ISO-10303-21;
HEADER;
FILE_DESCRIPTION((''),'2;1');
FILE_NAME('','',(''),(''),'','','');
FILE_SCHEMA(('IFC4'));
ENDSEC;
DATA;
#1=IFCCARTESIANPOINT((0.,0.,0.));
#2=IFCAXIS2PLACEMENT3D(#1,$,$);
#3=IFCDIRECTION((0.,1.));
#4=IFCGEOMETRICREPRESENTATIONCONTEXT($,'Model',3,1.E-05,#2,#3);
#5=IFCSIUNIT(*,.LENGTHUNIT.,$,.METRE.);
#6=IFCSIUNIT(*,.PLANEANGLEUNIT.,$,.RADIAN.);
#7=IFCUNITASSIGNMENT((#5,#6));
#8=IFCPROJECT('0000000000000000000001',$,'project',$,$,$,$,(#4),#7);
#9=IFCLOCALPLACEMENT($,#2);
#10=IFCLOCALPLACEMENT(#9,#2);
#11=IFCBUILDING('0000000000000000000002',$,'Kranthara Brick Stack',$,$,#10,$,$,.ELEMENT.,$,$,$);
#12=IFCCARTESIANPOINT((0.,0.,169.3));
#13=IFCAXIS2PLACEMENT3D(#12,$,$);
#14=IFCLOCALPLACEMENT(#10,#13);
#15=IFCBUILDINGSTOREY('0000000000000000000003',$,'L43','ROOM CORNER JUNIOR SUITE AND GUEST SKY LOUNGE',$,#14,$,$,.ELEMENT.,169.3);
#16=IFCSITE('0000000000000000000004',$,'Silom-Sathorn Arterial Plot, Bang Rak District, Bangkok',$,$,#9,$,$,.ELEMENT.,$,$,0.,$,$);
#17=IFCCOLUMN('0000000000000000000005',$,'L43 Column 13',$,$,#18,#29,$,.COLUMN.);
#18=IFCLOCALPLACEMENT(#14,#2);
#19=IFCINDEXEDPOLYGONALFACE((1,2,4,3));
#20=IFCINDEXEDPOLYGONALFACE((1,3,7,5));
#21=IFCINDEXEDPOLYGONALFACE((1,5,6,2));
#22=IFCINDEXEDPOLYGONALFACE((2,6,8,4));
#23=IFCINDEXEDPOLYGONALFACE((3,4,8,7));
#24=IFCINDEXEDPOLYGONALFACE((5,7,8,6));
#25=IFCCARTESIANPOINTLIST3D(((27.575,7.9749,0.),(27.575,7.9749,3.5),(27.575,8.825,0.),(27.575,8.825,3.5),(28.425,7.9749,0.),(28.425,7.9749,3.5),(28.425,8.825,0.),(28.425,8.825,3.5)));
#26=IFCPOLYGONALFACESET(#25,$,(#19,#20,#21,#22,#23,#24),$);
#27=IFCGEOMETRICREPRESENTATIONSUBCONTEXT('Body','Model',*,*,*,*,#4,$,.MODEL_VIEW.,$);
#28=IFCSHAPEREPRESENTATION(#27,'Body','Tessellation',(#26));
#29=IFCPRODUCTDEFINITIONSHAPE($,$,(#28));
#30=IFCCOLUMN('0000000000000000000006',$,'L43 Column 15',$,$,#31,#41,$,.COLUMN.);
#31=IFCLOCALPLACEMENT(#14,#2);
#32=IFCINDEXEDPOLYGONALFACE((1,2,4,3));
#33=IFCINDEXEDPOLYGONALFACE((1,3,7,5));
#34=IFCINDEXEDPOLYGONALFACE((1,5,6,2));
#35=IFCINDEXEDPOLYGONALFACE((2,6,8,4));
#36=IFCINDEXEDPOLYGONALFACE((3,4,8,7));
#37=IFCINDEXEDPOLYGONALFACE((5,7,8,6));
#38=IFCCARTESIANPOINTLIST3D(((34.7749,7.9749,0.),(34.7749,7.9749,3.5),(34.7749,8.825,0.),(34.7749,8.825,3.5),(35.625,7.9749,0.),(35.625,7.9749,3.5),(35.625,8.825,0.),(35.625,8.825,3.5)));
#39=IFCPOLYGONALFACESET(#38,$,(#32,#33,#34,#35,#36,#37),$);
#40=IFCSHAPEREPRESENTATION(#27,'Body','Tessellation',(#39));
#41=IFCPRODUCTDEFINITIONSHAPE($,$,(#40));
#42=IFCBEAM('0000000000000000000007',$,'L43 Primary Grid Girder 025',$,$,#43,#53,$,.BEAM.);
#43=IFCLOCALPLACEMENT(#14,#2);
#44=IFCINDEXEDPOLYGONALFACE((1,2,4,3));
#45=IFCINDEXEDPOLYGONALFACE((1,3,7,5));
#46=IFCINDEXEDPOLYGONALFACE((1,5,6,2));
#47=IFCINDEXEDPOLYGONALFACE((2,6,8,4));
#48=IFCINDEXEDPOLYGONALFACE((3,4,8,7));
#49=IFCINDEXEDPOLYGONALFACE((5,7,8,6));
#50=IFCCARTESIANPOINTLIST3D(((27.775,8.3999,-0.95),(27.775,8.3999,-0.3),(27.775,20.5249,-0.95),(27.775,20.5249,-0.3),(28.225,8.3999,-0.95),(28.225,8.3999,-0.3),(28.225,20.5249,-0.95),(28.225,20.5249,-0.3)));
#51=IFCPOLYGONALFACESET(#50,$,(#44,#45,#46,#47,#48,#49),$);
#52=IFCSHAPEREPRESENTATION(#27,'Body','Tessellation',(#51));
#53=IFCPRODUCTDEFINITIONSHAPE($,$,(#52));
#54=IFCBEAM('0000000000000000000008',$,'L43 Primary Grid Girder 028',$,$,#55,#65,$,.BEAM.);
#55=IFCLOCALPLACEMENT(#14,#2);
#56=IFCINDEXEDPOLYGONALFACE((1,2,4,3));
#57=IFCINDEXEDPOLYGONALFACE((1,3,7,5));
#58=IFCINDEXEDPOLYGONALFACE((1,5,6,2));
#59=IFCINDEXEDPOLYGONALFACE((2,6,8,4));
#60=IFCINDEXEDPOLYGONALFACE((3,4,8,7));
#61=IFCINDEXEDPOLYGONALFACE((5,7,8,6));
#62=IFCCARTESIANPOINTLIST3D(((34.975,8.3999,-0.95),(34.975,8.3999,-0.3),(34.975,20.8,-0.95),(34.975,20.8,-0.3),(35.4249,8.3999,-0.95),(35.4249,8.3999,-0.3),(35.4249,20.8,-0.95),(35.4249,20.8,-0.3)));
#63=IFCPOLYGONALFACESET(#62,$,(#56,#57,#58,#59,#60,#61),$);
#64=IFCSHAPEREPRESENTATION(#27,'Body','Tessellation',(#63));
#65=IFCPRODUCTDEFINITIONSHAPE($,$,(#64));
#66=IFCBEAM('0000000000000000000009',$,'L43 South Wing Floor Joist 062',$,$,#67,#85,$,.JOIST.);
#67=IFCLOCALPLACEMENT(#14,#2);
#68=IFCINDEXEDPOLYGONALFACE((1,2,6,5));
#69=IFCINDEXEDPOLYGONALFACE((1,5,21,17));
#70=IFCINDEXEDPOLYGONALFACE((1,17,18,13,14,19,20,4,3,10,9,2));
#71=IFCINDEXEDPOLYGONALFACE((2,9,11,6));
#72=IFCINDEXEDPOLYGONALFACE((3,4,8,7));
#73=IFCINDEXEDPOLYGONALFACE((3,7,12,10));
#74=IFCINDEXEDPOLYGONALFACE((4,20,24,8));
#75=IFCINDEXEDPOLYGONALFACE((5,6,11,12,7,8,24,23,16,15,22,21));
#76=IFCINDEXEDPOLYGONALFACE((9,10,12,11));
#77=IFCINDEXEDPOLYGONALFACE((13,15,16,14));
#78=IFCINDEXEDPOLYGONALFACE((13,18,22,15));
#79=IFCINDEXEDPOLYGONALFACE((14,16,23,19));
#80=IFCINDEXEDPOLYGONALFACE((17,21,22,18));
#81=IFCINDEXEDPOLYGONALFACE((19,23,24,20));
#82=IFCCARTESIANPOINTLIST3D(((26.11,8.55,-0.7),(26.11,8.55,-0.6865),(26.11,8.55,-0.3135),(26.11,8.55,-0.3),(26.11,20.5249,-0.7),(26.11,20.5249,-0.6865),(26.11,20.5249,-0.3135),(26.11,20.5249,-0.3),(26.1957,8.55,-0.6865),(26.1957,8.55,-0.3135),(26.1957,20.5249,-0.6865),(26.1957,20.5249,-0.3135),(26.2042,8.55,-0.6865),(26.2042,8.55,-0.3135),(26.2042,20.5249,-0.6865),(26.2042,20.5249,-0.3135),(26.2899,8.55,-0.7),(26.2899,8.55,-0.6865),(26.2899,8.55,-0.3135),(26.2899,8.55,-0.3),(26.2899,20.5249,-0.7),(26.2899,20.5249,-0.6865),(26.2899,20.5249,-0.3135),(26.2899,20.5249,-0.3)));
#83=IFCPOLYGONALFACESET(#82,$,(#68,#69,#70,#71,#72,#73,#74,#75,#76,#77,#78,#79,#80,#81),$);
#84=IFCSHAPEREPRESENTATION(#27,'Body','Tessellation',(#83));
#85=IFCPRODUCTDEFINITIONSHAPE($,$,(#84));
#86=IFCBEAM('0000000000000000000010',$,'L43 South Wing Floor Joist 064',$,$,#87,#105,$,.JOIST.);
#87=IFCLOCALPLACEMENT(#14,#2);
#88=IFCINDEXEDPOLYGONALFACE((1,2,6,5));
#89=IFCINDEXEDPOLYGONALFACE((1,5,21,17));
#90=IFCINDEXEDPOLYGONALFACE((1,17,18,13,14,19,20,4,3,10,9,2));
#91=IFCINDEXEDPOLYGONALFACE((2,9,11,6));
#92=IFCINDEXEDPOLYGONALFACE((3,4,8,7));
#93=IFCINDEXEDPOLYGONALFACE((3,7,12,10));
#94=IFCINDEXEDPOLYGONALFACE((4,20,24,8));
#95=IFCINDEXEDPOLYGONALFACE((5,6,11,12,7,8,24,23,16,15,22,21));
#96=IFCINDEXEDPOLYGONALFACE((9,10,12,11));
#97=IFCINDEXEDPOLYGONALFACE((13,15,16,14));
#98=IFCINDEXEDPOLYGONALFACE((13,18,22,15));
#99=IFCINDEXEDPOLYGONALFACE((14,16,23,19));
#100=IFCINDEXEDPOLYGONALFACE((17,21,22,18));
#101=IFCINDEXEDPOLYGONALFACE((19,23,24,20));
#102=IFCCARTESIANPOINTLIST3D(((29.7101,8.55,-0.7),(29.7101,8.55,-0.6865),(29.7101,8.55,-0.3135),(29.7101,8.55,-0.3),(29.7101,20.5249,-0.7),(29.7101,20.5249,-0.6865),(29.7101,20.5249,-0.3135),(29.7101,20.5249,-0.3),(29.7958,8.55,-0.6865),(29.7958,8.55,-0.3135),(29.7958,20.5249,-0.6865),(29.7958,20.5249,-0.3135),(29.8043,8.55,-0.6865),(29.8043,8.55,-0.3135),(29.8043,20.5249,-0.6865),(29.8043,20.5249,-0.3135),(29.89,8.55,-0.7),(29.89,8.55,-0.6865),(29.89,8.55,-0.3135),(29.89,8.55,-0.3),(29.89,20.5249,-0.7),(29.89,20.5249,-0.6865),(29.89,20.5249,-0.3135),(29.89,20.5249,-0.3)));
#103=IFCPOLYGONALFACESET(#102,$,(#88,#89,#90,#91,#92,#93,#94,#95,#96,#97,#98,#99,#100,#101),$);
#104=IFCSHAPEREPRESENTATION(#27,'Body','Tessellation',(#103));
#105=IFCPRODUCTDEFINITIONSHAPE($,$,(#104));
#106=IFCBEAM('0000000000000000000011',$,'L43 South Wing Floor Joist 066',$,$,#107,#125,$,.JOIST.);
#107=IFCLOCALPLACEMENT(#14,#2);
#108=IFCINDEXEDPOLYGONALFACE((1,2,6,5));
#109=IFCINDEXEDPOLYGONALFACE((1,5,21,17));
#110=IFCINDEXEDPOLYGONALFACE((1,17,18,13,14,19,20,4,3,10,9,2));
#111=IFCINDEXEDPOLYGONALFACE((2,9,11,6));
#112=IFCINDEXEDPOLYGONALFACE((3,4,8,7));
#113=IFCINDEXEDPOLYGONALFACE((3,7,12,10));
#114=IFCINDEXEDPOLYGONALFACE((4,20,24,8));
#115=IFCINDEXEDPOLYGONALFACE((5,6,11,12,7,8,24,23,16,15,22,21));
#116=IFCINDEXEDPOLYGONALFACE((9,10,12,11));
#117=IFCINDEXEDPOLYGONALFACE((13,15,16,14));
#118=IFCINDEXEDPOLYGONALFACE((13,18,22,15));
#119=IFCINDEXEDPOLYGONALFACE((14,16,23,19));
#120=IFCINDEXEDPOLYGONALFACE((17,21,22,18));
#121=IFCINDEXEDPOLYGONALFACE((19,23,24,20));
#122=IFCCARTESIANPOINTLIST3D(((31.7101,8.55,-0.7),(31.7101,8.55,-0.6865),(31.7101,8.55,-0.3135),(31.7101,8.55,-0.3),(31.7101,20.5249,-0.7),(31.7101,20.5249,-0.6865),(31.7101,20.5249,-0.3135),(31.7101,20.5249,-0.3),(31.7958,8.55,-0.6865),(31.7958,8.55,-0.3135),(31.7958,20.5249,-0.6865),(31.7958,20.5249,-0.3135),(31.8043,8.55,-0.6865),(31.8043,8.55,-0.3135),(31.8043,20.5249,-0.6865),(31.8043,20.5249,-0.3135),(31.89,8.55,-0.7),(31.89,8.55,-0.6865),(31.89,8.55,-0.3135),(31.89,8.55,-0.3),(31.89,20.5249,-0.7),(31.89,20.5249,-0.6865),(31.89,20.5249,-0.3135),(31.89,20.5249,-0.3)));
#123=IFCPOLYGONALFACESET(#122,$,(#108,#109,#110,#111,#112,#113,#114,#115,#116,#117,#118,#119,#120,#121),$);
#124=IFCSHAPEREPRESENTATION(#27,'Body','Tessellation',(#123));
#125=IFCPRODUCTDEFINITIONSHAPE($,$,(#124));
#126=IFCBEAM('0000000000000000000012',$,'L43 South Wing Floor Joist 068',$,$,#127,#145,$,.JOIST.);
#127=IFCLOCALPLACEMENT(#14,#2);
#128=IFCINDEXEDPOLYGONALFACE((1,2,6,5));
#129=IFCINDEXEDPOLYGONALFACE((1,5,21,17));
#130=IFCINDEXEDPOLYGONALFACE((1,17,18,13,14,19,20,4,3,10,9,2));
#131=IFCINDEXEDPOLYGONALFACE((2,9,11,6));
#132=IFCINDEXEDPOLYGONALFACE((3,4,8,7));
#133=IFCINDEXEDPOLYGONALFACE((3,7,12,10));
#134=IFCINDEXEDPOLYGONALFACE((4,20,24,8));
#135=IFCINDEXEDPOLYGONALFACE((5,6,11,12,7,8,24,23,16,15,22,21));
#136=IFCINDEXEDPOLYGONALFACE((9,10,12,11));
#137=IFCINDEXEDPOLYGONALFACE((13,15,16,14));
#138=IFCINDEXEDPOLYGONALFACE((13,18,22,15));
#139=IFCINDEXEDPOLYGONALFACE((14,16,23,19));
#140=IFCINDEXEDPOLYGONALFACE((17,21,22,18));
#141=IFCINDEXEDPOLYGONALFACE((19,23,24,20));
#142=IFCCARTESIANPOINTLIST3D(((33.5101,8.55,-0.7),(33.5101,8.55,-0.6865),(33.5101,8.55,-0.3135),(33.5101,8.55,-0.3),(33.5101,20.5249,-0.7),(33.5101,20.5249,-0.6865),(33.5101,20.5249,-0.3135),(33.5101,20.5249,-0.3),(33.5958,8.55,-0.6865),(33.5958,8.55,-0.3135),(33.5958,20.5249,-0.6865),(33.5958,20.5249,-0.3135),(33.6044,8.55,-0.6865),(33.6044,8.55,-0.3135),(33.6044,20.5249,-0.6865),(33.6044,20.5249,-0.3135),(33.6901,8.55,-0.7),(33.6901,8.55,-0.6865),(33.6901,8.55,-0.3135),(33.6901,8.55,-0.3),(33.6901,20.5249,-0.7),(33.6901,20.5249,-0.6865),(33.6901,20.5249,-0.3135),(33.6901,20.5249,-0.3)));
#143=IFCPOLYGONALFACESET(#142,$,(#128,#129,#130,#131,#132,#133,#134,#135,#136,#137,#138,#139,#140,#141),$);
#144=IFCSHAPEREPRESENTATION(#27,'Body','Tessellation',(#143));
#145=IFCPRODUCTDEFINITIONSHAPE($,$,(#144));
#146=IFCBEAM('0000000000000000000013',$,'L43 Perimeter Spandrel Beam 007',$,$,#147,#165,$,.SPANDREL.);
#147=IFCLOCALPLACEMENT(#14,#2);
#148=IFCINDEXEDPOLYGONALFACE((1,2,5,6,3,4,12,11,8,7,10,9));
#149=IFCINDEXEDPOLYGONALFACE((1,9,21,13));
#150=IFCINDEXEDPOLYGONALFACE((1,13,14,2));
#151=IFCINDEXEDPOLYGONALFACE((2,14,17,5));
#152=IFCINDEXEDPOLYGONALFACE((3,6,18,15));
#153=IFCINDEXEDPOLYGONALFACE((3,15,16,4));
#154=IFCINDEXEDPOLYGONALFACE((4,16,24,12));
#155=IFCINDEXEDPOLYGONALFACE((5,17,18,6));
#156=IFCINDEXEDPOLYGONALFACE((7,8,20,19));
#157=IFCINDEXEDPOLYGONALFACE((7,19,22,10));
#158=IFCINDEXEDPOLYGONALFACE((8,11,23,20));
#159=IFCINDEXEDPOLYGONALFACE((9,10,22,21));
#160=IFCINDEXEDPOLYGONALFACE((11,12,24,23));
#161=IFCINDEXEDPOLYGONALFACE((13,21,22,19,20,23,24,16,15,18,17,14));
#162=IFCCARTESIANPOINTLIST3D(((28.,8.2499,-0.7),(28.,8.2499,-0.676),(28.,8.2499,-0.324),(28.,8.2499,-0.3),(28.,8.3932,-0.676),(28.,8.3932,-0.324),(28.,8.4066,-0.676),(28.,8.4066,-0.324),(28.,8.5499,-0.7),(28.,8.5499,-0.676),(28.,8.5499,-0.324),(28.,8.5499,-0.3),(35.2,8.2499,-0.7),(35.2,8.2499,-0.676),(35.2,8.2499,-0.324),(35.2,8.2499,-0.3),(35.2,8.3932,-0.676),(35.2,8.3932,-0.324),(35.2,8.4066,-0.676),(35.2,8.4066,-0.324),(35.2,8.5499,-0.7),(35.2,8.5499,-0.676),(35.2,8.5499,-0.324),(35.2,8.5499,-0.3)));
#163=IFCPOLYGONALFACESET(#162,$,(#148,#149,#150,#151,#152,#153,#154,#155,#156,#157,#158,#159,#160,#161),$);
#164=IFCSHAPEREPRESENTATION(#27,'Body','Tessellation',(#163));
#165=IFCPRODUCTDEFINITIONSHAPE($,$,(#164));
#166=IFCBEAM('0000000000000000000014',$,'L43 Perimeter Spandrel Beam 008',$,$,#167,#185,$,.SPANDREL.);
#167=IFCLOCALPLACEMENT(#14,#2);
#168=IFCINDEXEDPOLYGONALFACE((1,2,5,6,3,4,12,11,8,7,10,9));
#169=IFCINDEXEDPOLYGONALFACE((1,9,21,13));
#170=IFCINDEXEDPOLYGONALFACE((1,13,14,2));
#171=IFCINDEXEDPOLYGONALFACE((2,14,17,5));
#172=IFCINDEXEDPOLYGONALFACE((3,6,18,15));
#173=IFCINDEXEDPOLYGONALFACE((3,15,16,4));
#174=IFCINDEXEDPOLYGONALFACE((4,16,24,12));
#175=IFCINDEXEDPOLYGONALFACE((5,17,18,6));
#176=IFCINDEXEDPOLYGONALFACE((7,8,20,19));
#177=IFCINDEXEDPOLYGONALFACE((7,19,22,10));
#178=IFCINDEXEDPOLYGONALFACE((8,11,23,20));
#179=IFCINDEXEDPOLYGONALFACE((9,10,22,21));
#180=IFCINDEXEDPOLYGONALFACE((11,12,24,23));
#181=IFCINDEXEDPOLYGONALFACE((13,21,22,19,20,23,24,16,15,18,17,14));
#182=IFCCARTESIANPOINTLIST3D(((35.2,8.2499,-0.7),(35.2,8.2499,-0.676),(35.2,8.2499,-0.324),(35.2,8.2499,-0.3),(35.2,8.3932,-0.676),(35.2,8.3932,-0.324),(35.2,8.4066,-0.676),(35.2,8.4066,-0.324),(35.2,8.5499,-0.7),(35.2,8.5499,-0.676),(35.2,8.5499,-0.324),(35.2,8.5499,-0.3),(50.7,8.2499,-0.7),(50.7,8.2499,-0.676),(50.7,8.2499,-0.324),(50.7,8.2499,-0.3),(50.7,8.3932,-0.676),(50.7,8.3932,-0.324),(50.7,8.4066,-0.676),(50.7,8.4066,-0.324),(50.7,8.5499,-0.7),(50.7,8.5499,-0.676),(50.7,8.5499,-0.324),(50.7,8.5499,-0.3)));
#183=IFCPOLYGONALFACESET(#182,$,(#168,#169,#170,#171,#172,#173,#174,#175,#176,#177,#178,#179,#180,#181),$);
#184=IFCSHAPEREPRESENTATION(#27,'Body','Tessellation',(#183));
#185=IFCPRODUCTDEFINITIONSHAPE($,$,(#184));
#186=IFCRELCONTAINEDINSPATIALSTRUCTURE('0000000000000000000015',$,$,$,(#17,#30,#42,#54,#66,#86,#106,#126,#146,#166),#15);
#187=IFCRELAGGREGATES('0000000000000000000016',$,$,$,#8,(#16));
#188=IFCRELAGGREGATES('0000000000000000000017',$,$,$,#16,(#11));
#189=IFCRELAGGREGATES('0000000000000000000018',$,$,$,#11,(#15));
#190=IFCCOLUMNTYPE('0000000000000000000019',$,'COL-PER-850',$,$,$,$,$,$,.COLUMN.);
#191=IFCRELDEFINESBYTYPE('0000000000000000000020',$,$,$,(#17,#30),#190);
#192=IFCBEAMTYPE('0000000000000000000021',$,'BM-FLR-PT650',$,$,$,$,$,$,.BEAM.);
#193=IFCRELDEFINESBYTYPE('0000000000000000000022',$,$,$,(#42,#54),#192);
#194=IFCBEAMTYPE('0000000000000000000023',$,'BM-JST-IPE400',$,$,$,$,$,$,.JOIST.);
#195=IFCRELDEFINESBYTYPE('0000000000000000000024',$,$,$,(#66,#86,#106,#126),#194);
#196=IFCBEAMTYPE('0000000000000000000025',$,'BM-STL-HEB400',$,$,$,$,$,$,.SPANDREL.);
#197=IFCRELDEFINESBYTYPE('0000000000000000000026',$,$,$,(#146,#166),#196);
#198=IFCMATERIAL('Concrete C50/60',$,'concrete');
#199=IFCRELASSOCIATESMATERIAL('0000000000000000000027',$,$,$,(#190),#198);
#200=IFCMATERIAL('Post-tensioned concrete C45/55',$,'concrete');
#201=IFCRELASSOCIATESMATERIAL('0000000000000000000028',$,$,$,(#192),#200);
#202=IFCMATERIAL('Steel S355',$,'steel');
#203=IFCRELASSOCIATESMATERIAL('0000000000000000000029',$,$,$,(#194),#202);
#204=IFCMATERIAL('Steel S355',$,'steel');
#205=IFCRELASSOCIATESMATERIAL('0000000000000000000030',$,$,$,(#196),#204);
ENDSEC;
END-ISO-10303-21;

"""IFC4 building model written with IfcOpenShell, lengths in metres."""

from ifc_helpers import new_model, si_unit, direction, frame, origin, origin_2d, place, context, subcontext, project, spatial, rectangle, i_section, extrude, material, material_profile, profile_set, type_object, element, save


model = new_model("IFC4")

# Units and contexts
model_context = context("Model", 3, precision=1e-05, world=origin(), true_north=direction((0.0, 1.0)))
body_context = subcontext(model_context, "Body", "Model", "MODEL_VIEW")
ifc_project = project(units=[si_unit("LENGTHUNIT", "METRE"), si_unit("PLANEANGLEUNIT", "RADIAN")], contexts=[model_context])

# Site, building, storey
site_placement = place(None, origin())
site = spatial("IfcSite", under=ifc_project, at=site_placement, Name="Silom-Sathorn Arterial Plot, Bang Rak District, Bangkok", CompositionType="ELEMENT", RefElevation=0.0)
building_placement = place(site_placement, origin())
building = spatial("IfcBuilding", under=site, at=building_placement, Name="Kranthara Brick Stack", CompositionType="ELEMENT")
storey_placement = place(building_placement, frame((0.0, 0.0, 169.3)))
storey = spatial("IfcBuildingStorey", under=building, at=storey_placement, Name="L43", Description="ROOM CORNER JUNIOR SUITE AND GUEST SKY LOUNGE", CompositionType="ELEMENT", Elevation=169.3)

# Columns
ifc_material_1 = material(Name="Concrete C50/60", Category="concrete")
ifc_material_profile_1 = material_profile(ifc_material_1, rectangle(XDim=0.8501, YDim=0.8501, at=origin_2d()), Name="RC 850x850")
ifc_profile_set_1 = profile_set([ifc_material_profile_1], Name="Concrete C50/60")
column_type = type_object("IfcColumnType", Name="COL-PER-850", PredefinedType="COLUMN", material=ifc_profile_set_1)
for number, where, z_axis, x_axis, name in (
    (1, (28.0, 8.3999, 0.0), (0.0, 0.0, 1.0), (1.0, 0.0, 0.0), "L43 Column 13"),
    (2, (35.2, 8.3999, 0.0), (0.0, 0.0, 1.0), (1.0, 0.0, 0.0), "L43 Column 15"),
):
    element("IfcColumn", number, at=place(storey_placement, frame(where, z_axis=z_axis, x_axis=x_axis)), inside=storey, type_object=column_type, Name=name, PredefinedType="COLUMN", context=body_context, shape_type="SweptSolid", body=[
        extrude(rectangle(XDim=0.8501, YDim=0.8501, at=origin_2d()), origin(), (0.0, 0.0, 1.0), 3.5),
    ])

# Beams
ifc_material_2 = material(Name="Post-tensioned concrete C45/55", Category="concrete")
ifc_material_profile_2 = material_profile(ifc_material_2, rectangle(XDim=0.45, YDim=0.6499, at=origin_2d()), Name="PT 450x650")
ifc_profile_set_2 = profile_set([ifc_material_profile_2], Name="Post-tensioned concrete C45/55")
beam_type_1 = type_object("IfcBeamType", Name="BM-FLR-PT650", PredefinedType="BEAM", material=ifc_profile_set_2)
beam_1_placement = place(storey_placement, frame((28.0, 8.3999, -0.625), z_axis=(0.0, 1.0, 0.0), x_axis=(-1.0, 0.0, 0.0)))
element("IfcBeam", 3, at=beam_1_placement, inside=storey, type_object=beam_type_1, Name="L43 Primary Grid Girder 025", PredefinedType="BEAM", context=body_context, shape_type="SweptSolid", body=[
    extrude(rectangle(XDim=0.45, YDim=0.6499, at=origin_2d()), origin(), (0.0, 0.0, 1.0), 12.125),
])
beam_2_placement = place(storey_placement, frame((35.2, 8.3999, -0.625), z_axis=(0.0, 1.0, 0.0), x_axis=(-1.0, 0.0, 0.0)))
element("IfcBeam", 4, at=beam_2_placement, inside=storey, type_object=beam_type_1, Name="L43 Primary Grid Girder 028", PredefinedType="BEAM", context=body_context, shape_type="SweptSolid", body=[
    extrude(rectangle(XDim=0.45, YDim=0.6499, at=origin_2d()), origin(), (0.0, 0.0, 1.0), 12.4001),
])
ifc_material_3 = material(Name="Steel S355", Category="steel")
ifc_material_profile_3 = material_profile(ifc_material_3, i_section(OverallWidth=0.1799, OverallDepth=0.3999, WebThickness=0.0085, FlangeThickness=0.0134, at=origin_2d()), Name="IPE 400")
ifc_profile_set_3 = profile_set([ifc_material_profile_3], Name="Steel S355")
beam_type_2 = type_object("IfcBeamType", Name="BM-JST-IPE400", PredefinedType="JOIST", material=ifc_profile_set_3)
for number, where, z_axis, x_axis, name in (
    (5, (26.2, 8.55, -0.5), (0.0, 1.0, 0.0), (-1.0, 0.0, 0.0), "L43 South Wing Floor Joist 062"),
    (6, (29.8, 8.55, -0.5), (0.0, 1.0, 0.0), (-1.0, 0.0, 0.0), "L43 South Wing Floor Joist 064"),
    (7, (31.8, 8.55, -0.5), (0.0, 1.0, 0.0), (-1.0, 0.0, 0.0), "L43 South Wing Floor Joist 066"),
    (8, (33.6001, 8.55, -0.5), (0.0, 1.0, 0.0), (-1.0, 0.0, 0.0), "L43 South Wing Floor Joist 068"),
):
    element("IfcBeam", number, at=place(storey_placement, frame(where, z_axis=z_axis, x_axis=x_axis)), inside=storey, type_object=beam_type_2, Name=name, PredefinedType="JOIST", context=body_context, shape_type="SweptSolid", body=[
        extrude(i_section(OverallWidth=0.1799, OverallDepth=0.3999, WebThickness=0.0085, FlangeThickness=0.0134, at=origin_2d()), origin(), (0.0, 0.0, 1.0), 11.9749),
    ])
ifc_material_4 = material(Name="Steel S355", Category="steel")
ifc_material_profile_4 = material_profile(ifc_material_4, i_section(OverallWidth=0.3, OverallDepth=0.3999, WebThickness=0.0134, FlangeThickness=0.0239, at=origin_2d()), Name="HEB 400")
ifc_profile_set_4 = profile_set([ifc_material_profile_4], Name="Steel S355")
beam_type_3 = type_object("IfcBeamType", Name="BM-STL-HEB400", PredefinedType="SPANDREL", material=ifc_profile_set_4)
beam_3_placement = place(storey_placement, frame((28.0, 8.3999, -0.5), z_axis=(1.0, 0.0, 0.0), x_axis=(0.0, 1.0, 0.0)))
element("IfcBeam", 9, at=beam_3_placement, inside=storey, type_object=beam_type_3, Name="L43 Perimeter Spandrel Beam 007", PredefinedType="SPANDREL", context=body_context, shape_type="SweptSolid", body=[
    extrude(i_section(OverallWidth=0.3, OverallDepth=0.3999, WebThickness=0.0134, FlangeThickness=0.0239, at=origin_2d()), origin(), (0.0, 0.0, 1.0), 7.2),
])
beam_4_placement = place(storey_placement, frame((35.2, 8.3999, -0.5), z_axis=(1.0, 0.0, 0.0), x_axis=(0.0, 1.0, 0.0)))
element("IfcBeam", 10, at=beam_4_placement, inside=storey, type_object=beam_type_3, Name="L43 Perimeter Spandrel Beam 008", PredefinedType="SPANDREL", context=body_context, shape_type="SweptSolid", body=[
    extrude(i_section(OverallWidth=0.3, OverallDepth=0.3999, WebThickness=0.0134, FlangeThickness=0.0239, at=origin_2d()), origin(), (0.0, 0.0, 1.0), 15.5),
])

save(model, "model.ifc")
